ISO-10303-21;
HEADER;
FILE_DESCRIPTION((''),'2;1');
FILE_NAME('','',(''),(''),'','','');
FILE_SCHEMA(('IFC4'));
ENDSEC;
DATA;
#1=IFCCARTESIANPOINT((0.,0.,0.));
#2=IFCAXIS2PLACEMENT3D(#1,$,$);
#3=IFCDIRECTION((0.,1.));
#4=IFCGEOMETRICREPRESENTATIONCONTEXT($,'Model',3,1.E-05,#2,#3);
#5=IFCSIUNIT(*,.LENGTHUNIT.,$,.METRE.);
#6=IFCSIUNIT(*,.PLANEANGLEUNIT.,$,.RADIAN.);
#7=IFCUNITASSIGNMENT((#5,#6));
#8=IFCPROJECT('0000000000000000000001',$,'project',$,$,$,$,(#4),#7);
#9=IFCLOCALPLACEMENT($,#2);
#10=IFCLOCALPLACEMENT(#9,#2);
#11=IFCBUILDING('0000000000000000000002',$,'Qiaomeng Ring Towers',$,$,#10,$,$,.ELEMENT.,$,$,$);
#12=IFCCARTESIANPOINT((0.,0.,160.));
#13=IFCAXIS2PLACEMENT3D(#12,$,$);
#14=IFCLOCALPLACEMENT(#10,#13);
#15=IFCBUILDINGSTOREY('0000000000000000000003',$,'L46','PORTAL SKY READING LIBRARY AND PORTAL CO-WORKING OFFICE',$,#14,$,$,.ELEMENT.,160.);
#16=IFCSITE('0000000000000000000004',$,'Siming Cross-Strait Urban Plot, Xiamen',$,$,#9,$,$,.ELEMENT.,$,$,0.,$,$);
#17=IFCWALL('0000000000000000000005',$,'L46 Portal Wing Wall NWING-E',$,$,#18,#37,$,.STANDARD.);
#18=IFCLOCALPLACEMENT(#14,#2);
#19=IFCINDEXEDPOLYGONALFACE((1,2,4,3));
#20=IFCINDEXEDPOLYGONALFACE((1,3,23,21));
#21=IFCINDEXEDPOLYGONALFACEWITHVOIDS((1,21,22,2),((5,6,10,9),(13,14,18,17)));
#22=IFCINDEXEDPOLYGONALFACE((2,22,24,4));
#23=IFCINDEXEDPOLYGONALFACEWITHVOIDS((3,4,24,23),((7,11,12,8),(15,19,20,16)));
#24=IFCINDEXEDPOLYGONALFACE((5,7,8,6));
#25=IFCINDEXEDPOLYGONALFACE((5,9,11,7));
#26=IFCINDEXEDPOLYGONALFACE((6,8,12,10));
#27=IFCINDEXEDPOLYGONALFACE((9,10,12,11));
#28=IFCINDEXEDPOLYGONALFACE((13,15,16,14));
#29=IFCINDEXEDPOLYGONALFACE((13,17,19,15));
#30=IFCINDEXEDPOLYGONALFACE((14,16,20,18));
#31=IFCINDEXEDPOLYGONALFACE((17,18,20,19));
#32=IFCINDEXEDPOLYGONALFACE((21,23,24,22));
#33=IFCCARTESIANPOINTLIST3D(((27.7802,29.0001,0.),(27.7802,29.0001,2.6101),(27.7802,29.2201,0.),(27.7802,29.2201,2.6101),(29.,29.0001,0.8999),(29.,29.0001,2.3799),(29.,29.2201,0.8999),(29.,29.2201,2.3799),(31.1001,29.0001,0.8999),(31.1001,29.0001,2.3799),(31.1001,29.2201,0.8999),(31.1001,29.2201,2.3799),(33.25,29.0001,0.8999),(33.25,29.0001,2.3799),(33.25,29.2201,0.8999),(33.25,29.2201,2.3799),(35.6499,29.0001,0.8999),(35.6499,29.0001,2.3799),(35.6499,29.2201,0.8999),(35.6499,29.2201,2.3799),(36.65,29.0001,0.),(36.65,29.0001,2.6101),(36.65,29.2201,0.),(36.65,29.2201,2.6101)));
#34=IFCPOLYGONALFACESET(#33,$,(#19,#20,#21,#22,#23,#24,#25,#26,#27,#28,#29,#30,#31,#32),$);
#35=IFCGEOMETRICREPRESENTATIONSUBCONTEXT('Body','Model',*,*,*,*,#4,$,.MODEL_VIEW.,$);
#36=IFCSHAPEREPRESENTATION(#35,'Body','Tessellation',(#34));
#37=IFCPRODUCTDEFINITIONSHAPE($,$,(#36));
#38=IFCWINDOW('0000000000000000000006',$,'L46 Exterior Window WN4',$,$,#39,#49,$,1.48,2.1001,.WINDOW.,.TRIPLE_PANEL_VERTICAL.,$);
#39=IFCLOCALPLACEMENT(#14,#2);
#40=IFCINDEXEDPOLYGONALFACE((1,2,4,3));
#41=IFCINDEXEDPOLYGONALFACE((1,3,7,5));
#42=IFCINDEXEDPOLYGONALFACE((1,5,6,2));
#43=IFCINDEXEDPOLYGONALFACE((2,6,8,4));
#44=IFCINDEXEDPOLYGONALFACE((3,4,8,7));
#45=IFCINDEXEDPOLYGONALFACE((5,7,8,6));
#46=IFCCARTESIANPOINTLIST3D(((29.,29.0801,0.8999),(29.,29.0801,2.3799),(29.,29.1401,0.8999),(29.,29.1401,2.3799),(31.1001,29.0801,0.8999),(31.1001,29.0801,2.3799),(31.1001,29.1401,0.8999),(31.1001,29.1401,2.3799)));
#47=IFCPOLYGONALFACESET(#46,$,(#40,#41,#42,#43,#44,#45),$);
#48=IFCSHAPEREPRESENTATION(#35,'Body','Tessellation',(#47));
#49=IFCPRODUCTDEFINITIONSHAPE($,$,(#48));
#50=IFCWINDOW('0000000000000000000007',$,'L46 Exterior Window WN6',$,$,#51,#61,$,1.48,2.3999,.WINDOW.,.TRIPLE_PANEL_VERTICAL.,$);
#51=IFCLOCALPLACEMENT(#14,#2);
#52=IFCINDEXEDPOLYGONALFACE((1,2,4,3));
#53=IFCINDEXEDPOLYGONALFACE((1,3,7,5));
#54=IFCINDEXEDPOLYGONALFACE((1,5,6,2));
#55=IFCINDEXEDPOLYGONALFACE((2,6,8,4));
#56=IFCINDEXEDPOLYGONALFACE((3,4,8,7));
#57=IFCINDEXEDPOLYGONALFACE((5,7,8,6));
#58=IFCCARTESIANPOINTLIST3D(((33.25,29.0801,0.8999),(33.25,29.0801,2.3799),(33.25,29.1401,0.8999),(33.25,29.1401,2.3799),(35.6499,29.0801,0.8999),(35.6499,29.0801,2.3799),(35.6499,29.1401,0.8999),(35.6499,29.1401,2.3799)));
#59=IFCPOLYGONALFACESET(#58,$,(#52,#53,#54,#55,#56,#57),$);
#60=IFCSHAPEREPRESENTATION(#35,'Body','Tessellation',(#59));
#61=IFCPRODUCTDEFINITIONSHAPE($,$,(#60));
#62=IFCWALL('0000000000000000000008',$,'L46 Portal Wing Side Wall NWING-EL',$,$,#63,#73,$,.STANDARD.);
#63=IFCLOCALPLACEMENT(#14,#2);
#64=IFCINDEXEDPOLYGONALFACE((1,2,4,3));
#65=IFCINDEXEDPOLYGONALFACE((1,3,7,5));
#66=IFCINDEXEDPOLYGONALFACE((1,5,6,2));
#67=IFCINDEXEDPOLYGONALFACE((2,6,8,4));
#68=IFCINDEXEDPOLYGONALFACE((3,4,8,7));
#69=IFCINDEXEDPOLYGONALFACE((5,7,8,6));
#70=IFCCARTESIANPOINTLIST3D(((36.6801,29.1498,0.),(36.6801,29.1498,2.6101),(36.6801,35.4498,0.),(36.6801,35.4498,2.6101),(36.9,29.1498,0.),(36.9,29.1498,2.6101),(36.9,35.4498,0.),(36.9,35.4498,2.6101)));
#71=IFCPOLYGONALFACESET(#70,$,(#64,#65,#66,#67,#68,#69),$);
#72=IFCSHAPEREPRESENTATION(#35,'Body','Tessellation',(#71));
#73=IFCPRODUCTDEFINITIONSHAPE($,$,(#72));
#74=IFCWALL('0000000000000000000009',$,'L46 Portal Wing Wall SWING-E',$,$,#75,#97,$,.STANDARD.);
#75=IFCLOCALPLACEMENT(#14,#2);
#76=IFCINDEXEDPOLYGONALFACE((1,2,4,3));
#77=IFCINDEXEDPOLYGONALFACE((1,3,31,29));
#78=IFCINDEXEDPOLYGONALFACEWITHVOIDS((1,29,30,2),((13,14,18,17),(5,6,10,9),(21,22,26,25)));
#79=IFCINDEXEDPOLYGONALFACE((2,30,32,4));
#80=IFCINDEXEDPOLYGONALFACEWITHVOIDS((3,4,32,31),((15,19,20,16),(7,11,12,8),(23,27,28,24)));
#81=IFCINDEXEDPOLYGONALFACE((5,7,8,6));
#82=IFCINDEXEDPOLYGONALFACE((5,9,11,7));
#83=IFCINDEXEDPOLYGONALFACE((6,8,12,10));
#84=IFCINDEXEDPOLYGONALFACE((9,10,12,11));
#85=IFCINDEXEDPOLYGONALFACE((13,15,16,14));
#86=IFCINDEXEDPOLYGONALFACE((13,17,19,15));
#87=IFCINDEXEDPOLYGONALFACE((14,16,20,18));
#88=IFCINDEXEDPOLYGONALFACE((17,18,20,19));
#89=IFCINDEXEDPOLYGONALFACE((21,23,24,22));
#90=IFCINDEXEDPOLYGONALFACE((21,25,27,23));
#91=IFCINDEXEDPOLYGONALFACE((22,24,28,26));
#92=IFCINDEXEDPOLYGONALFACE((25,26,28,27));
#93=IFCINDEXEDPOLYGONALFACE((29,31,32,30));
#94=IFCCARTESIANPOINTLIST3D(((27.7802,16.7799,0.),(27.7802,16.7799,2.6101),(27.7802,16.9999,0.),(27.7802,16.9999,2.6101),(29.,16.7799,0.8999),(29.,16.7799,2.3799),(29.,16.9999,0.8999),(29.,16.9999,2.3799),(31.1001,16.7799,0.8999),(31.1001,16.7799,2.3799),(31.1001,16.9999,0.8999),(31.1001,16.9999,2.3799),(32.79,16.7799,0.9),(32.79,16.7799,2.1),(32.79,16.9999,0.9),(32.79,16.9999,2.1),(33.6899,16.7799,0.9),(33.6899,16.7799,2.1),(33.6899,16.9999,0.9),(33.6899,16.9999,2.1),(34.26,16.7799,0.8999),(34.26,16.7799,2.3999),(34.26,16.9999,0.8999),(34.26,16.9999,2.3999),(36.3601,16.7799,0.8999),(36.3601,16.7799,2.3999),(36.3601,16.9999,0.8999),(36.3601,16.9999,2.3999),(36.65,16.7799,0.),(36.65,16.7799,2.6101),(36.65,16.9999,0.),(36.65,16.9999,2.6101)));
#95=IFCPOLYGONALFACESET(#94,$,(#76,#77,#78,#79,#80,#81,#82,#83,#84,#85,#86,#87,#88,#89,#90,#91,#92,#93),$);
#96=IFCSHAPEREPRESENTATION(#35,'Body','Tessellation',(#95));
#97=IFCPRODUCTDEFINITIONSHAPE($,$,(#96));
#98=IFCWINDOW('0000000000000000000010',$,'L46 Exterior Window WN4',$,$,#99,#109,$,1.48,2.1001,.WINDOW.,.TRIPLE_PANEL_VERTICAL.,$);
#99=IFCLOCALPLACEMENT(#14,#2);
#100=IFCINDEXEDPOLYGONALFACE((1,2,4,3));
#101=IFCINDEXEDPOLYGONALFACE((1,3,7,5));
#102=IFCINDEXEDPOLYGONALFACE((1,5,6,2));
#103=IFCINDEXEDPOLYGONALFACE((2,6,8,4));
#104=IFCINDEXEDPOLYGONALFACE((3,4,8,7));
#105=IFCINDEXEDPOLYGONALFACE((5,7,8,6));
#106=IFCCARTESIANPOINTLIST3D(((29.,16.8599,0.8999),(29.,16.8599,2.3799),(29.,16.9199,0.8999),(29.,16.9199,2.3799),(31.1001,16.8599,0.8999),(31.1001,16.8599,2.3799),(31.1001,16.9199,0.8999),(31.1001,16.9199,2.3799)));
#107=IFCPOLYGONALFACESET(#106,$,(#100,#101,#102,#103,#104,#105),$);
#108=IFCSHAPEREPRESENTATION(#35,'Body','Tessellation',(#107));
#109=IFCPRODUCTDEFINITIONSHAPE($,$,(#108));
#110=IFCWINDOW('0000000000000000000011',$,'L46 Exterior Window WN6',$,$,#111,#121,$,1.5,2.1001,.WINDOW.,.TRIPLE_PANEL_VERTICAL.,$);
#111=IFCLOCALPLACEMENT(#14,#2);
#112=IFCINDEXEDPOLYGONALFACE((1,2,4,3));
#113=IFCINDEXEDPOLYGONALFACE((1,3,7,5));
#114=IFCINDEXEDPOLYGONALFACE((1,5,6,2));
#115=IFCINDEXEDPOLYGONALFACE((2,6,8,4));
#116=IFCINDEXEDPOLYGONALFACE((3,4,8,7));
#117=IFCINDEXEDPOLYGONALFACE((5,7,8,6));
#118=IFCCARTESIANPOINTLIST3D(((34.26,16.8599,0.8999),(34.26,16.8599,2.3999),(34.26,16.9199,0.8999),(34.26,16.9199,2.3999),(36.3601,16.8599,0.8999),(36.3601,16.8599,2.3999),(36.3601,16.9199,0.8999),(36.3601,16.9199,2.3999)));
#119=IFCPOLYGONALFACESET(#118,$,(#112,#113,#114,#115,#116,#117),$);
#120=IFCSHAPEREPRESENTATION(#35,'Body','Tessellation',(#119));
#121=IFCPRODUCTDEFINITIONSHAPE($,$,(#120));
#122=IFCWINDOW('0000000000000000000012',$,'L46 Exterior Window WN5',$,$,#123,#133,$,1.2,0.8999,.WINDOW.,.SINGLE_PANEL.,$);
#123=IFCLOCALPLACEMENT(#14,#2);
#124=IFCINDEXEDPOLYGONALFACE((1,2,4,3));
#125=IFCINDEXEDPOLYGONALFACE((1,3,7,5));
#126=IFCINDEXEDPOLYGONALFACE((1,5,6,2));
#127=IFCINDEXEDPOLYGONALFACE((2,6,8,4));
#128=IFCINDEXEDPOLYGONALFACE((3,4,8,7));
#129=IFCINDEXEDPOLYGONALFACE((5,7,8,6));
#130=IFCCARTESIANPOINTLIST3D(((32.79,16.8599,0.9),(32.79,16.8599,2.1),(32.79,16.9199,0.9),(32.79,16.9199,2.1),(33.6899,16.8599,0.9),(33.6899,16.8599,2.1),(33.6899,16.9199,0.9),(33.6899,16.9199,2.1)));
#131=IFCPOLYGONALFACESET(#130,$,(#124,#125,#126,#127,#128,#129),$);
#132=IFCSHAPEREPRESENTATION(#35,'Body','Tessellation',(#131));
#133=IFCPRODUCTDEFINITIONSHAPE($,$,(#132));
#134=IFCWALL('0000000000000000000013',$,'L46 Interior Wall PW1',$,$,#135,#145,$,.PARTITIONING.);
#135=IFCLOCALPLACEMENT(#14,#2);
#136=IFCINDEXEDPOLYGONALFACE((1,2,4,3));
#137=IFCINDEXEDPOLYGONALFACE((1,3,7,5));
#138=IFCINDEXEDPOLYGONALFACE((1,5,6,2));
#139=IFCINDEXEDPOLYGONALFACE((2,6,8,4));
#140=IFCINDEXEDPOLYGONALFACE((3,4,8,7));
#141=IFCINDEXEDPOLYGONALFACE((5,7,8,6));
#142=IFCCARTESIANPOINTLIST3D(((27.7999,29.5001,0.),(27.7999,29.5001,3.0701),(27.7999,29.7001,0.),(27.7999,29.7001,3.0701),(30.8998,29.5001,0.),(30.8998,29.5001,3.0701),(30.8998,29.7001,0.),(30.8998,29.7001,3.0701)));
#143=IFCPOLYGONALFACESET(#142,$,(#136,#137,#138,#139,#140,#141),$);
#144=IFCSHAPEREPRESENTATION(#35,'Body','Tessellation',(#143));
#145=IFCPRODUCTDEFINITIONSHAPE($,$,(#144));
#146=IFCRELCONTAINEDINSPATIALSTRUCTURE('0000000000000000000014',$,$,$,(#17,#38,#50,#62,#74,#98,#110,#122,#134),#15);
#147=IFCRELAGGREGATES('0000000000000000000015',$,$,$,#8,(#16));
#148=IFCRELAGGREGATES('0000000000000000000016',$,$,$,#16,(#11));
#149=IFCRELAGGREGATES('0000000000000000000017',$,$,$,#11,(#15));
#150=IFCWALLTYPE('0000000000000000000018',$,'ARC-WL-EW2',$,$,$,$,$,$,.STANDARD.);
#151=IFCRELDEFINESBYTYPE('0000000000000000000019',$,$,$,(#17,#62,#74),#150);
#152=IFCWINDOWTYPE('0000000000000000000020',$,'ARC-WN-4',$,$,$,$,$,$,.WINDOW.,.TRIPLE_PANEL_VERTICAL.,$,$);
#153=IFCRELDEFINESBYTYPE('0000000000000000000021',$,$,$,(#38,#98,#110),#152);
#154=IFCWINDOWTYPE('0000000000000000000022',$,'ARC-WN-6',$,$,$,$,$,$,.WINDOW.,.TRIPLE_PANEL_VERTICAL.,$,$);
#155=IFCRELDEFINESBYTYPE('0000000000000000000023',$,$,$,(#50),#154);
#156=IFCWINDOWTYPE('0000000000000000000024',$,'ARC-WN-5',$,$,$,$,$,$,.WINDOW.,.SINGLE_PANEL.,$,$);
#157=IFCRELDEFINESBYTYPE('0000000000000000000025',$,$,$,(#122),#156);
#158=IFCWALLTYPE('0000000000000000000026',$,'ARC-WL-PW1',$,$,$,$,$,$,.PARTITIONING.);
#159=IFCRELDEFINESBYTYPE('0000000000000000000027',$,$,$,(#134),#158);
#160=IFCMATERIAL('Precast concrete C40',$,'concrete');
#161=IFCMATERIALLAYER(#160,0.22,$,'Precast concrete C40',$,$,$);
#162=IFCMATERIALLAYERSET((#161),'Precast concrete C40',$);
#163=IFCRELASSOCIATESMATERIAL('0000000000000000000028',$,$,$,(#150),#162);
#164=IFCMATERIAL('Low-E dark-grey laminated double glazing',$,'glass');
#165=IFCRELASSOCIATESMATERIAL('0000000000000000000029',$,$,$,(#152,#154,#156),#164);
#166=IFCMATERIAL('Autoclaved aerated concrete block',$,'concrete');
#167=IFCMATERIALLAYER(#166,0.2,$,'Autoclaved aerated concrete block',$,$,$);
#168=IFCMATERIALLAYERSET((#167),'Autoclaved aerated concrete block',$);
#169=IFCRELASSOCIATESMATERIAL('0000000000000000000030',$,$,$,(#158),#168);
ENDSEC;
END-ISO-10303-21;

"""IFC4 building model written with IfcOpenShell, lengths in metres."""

from ifc_helpers import new_model, si_unit, direction, frame, frame_2d, origin, place, context, subcontext, project, spatial, rectangle, extrude, source, transform, mapped, material, layer, layer_set, type_object, element, fill, save


model = new_model("IFC4")

# Units and contexts
model_context = context("Model", 3, precision=1e-05, world=origin(), true_north=direction((0.0, 1.0)))
body_context = subcontext(model_context, "Body", "Model", "MODEL_VIEW")
ifc_project = project(units=[si_unit("LENGTHUNIT", "METRE"), si_unit("PLANEANGLEUNIT", "RADIAN")], contexts=[model_context])

# Site, building, storey
site_placement = place(None, origin())
site = spatial("IfcSite", under=ifc_project, at=site_placement, Name="Siming Cross-Strait Urban Plot, Xiamen", CompositionType="ELEMENT", RefElevation=0.0)
building_placement = place(site_placement, origin())
building = spatial("IfcBuilding", under=site, at=building_placement, Name="Qiaomeng Ring Towers", CompositionType="ELEMENT")
storey_placement = place(building_placement, frame((0.0, 0.0, 160.0)))
storey = spatial("IfcBuildingStorey", under=building, at=storey_placement, Name="L46", Description="PORTAL SKY READING LIBRARY AND PORTAL CO-WORKING OFFICE", CompositionType="ELEMENT", Elevation=160.0)

# Wall, openings, windows
ifc_material_1 = material(Name="Precast concrete C40", Category="concrete")
ifc_layer_1 = layer(ifc_material_1, 0.22, Name="Precast concrete C40")
ifc_layer_set_1 = layer_set([ifc_layer_1], Name="Precast concrete C40")
wall_type_1 = type_object("IfcWallType", Name="ARC-WL-EW2", PredefinedType="STANDARD", material=ifc_layer_set_1)
wall_1_placement = place(storey_placement, frame((27.78, 29.1101, 0.0), z_axis=(0.0, 0.0, 1.0), x_axis=(1.0, 0.0, 0.0)))
wall_1 = element("IfcWall", 1, at=wall_1_placement, inside=storey, type_object=wall_type_1, Name="L46 Portal Wing Wall NWING-E", PredefinedType="STANDARD", context=body_context, shape_type="SweptSolid", body=[
    extrude(rectangle(XDim=8.8699, YDim=0.22, at=frame_2d((4.4351, 0.0))), origin(), (0.0, 0.0, 1.0), 2.6101),
])
opening_1_placement = place(wall_1_placement, frame((1.22, 0.0, 0.8999)))
opening_1 = element("IfcOpeningElement", 2, at=opening_1_placement, cuts=wall_1, PredefinedType="OPENING", context=body_context, shape_type="SweptSolid", body=[
    extrude(rectangle(XDim=2.1001, YDim=1.48, at=frame_2d((1.05, 0.74))), frame((0.0, 0.1199, 0.0), z_axis=(0.0, -1.0, 0.0), x_axis=(1.0, 0.0, 0.0)), (0.0, 0.0, 1.0), 0.24),
])
opening_2_placement = place(wall_1_placement, frame((5.47, 0.0, 0.8999)))
opening_2 = element("IfcOpeningElement", 3, at=opening_2_placement, cuts=wall_1, PredefinedType="OPENING", context=body_context, shape_type="SweptSolid", body=[
    extrude(rectangle(XDim=2.3999, YDim=1.48, at=frame_2d((1.2, 0.74))), frame((0.0, 0.1199, 0.0), z_axis=(0.0, -1.0, 0.0), x_axis=(1.0, 0.0, 0.0)), (0.0, 0.0, 1.0), 0.24),
])
ifc_material_2 = material(Name="Low-E dark-grey laminated double glazing", Category="glass")
window_type_1 = type_object("IfcWindowType", Name="ARC-WN-4", PartitioningType="TRIPLE_PANEL_VERTICAL", PredefinedType="WINDOW", material=ifc_material_2)
shared_shape_1 = source(origin(), body_context, "Body", "SweptSolid", [
    extrude(rectangle(XDim=2.1001, YDim=1.48, at=frame_2d((1.05, 0.74))), frame((0.0, 0.03, 0.0), z_axis=(0.0, -1.0, 0.0), x_axis=(1.0, 0.0, 0.0)), (0.0, 0.0, 1.0), 0.0601),
])
window_1_placement = place(opening_1_placement, origin())
window_1 = element("IfcWindow", 4, at=window_1_placement, inside=storey, type_object=window_type_1, Name="L46 Exterior Window WN4", OverallHeight=1.48, OverallWidth=2.1001, PartitioningType="TRIPLE_PANEL_VERTICAL", PredefinedType="WINDOW", context=body_context, shape_type="MappedRepresentation", body=[
    mapped(shared_shape_1, transform((0.0, 0.0, 0.0), x_axis=(1.0, 0.0, 0.0), y_axis=(0.0, 1.0, 0.0), z_axis=(0.0, 0.0, 1.0), scale=1.0)),
])
fill(opening_1, window_1)
window_type_2 = type_object("IfcWindowType", Name="ARC-WN-6", PartitioningType="TRIPLE_PANEL_VERTICAL", PredefinedType="WINDOW", material=ifc_material_2)
shared_shape_2 = source(origin(), body_context, "Body", "SweptSolid", [
    extrude(rectangle(XDim=2.3999, YDim=1.48, at=frame_2d((1.2, 0.74))), frame((0.0, 0.03, 0.0), z_axis=(0.0, -1.0, 0.0), x_axis=(1.0, 0.0, 0.0)), (0.0, 0.0, 1.0), 0.0601),
])
window_2_placement = place(opening_2_placement, origin())
window_2 = element("IfcWindow", 5, at=window_2_placement, inside=storey, type_object=window_type_2, Name="L46 Exterior Window WN6", OverallHeight=1.48, OverallWidth=2.3999, PartitioningType="TRIPLE_PANEL_VERTICAL", PredefinedType="WINDOW", context=body_context, shape_type="MappedRepresentation", body=[
    mapped(shared_shape_2, transform((0.0, 0.0, 0.0), x_axis=(1.0, 0.0, 0.0), y_axis=(0.0, 1.0, 0.0), z_axis=(0.0, 0.0, 1.0), scale=1.0)),
])
fill(opening_2, window_2)

# Wall
wall_2_placement = place(storey_placement, frame((36.79, 29.1499, 0.0), z_axis=(0.0, 0.0, 1.0), x_axis=(0.0, 1.0, 0.0)))
element("IfcWall", 6, at=wall_2_placement, inside=storey, type_object=wall_type_1, Name="L46 Portal Wing Side Wall NWING-EL", PredefinedType="STANDARD", context=body_context, shape_type="SweptSolid", body=[
    extrude(rectangle(XDim=6.3, YDim=0.22, at=frame_2d((3.1499, 0.0))), origin(), (0.0, 0.0, 1.0), 2.6101),
])

# Wall, openings, windows
wall_3_placement = place(storey_placement, frame((27.78, 16.8899, 0.0), z_axis=(0.0, 0.0, 1.0), x_axis=(1.0, 0.0, 0.0)))
wall_3 = element("IfcWall", 7, at=wall_3_placement, inside=storey, type_object=wall_type_1, Name="L46 Portal Wing Wall SWING-E", PredefinedType="STANDARD", context=body_context, shape_type="SweptSolid", body=[
    extrude(rectangle(XDim=8.8699, YDim=0.22, at=frame_2d((4.4351, 0.0))), origin(), (0.0, 0.0, 1.0), 2.6101),
])
opening_3_placement = place(wall_3_placement, frame((1.22, 0.0, 0.8999)))
opening_3 = element("IfcOpeningElement", 8, at=opening_3_placement, cuts=wall_3, PredefinedType="OPENING", context=body_context, shape_type="SweptSolid", body=[
    extrude(rectangle(XDim=2.1001, YDim=1.48, at=frame_2d((1.05, 0.74))), frame((0.0, 0.1199, 0.0), z_axis=(0.0, -1.0, 0.0), x_axis=(1.0, 0.0, 0.0)), (0.0, 0.0, 1.0), 0.24),
])
opening_4_placement = place(wall_3_placement, frame((6.48, 0.0, 0.8999)))
opening_4 = element("IfcOpeningElement", 9, at=opening_4_placement, cuts=wall_3, PredefinedType="OPENING", context=body_context, shape_type="SweptSolid", body=[
    extrude(rectangle(XDim=2.1001, YDim=1.5, at=frame_2d((1.05, 0.75))), frame((0.0, 0.1199, 0.0), z_axis=(0.0, -1.0, 0.0), x_axis=(1.0, 0.0, 0.0)), (0.0, 0.0, 1.0), 0.24),
])
opening_5_placement = place(wall_3_placement, frame((5.01, 0.0, 0.8999)))
opening_5 = element("IfcOpeningElement", 10, at=opening_5_placement, cuts=wall_3, PredefinedType="OPENING", context=body_context, shape_type="SweptSolid", body=[
    extrude(rectangle(XDim=0.8999, YDim=1.2, at=frame_2d((0.45, 0.6001))), frame((0.0, 0.1199, 0.0), z_axis=(0.0, -1.0, 0.0), x_axis=(1.0, 0.0, 0.0)), (0.0, 0.0, 1.0), 0.24),
])
window_3_placement = place(opening_3_placement, origin())
window_3 = element("IfcWindow", 11, at=window_3_placement, inside=storey, type_object=window_type_1, Name="L46 Exterior Window WN4", OverallHeight=1.48, OverallWidth=2.1001, PartitioningType="TRIPLE_PANEL_VERTICAL", PredefinedType="WINDOW", context=body_context, shape_type="MappedRepresentation", body=[
    mapped(shared_shape_1, transform((0.0, 0.0, 0.0), x_axis=(1.0, 0.0, 0.0), y_axis=(0.0, 1.0, 0.0), z_axis=(0.0, 0.0, 1.0), scale=1.0)),
])
fill(opening_3, window_3)
shared_shape_3 = source(origin(), body_context, "Body", "SweptSolid", [
    extrude(rectangle(XDim=2.1001, YDim=1.5, at=frame_2d((1.05, 0.75))), frame((0.0, 0.03, 0.0), z_axis=(0.0, -1.0, 0.0), x_axis=(1.0, 0.0, 0.0)), (0.0, 0.0, 1.0), 0.0601),
])
window_4_placement = place(opening_4_placement, origin())
window_4 = element("IfcWindow", 12, at=window_4_placement, inside=storey, type_object=window_type_1, Name="L46 Exterior Window WN6", OverallHeight=1.5, OverallWidth=2.1001, PartitioningType="TRIPLE_PANEL_VERTICAL", PredefinedType="WINDOW", context=body_context, shape_type="MappedRepresentation", body=[
    mapped(shared_shape_3, transform((0.0, 0.0, 0.0), x_axis=(1.0, 0.0, 0.0), y_axis=(0.0, 1.0, 0.0), z_axis=(0.0, 0.0, 1.0), scale=1.0)),
])
fill(opening_4, window_4)
window_type_3 = type_object("IfcWindowType", Name="ARC-WN-5", PartitioningType="SINGLE_PANEL", PredefinedType="WINDOW", material=ifc_material_2)
shared_shape_4 = source(origin(), body_context, "Body", "SweptSolid", [
    extrude(rectangle(XDim=0.8999, YDim=1.2, at=frame_2d((0.45, 0.6001))), frame((0.0, 0.03, 0.0), z_axis=(0.0, -1.0, 0.0), x_axis=(1.0, 0.0, 0.0)), (0.0, 0.0, 1.0), 0.0601),
])
window_5_placement = place(opening_5_placement, origin())
window_5 = element("IfcWindow", 13, at=window_5_placement, inside=storey, type_object=window_type_3, Name="L46 Exterior Window WN5", OverallHeight=1.2, OverallWidth=0.8999, PartitioningType="SINGLE_PANEL", PredefinedType="WINDOW", context=body_context, shape_type="MappedRepresentation", body=[
    mapped(shared_shape_4, transform((0.0, 0.0, 0.0), x_axis=(1.0, 0.0, 0.0), y_axis=(0.0, 1.0, 0.0), z_axis=(0.0, 0.0, 1.0), scale=1.0)),
])
fill(opening_5, window_5)

# Wall
ifc_material_3 = material(Name="Autoclaved aerated concrete block", Category="concrete")
ifc_layer_2 = layer(ifc_material_3, 0.2, Name="Autoclaved aerated concrete block")
ifc_layer_set_2 = layer_set([ifc_layer_2], Name="Autoclaved aerated concrete block")
wall_type_2 = type_object("IfcWallType", Name="ARC-WL-PW1", PredefinedType="PARTITIONING", material=ifc_layer_set_2)
wall_4_placement = place(storey_placement, frame((27.8, 29.6001, 0.0), z_axis=(0.0, 0.0, 1.0), x_axis=(1.0, 0.0, 0.0)))
element("IfcWall", 14, at=wall_4_placement, inside=storey, type_object=wall_type_2, Name="L46 Interior Wall PW1", PredefinedType="PARTITIONING", context=body_context, shape_type="SweptSolid", body=[
    extrude(rectangle(XDim=3.0999, YDim=0.2, at=frame_2d((1.5498, 0.0))), origin(), (0.0, 0.0, 1.0), 3.0701),
])

save(model, "model.ifc")
